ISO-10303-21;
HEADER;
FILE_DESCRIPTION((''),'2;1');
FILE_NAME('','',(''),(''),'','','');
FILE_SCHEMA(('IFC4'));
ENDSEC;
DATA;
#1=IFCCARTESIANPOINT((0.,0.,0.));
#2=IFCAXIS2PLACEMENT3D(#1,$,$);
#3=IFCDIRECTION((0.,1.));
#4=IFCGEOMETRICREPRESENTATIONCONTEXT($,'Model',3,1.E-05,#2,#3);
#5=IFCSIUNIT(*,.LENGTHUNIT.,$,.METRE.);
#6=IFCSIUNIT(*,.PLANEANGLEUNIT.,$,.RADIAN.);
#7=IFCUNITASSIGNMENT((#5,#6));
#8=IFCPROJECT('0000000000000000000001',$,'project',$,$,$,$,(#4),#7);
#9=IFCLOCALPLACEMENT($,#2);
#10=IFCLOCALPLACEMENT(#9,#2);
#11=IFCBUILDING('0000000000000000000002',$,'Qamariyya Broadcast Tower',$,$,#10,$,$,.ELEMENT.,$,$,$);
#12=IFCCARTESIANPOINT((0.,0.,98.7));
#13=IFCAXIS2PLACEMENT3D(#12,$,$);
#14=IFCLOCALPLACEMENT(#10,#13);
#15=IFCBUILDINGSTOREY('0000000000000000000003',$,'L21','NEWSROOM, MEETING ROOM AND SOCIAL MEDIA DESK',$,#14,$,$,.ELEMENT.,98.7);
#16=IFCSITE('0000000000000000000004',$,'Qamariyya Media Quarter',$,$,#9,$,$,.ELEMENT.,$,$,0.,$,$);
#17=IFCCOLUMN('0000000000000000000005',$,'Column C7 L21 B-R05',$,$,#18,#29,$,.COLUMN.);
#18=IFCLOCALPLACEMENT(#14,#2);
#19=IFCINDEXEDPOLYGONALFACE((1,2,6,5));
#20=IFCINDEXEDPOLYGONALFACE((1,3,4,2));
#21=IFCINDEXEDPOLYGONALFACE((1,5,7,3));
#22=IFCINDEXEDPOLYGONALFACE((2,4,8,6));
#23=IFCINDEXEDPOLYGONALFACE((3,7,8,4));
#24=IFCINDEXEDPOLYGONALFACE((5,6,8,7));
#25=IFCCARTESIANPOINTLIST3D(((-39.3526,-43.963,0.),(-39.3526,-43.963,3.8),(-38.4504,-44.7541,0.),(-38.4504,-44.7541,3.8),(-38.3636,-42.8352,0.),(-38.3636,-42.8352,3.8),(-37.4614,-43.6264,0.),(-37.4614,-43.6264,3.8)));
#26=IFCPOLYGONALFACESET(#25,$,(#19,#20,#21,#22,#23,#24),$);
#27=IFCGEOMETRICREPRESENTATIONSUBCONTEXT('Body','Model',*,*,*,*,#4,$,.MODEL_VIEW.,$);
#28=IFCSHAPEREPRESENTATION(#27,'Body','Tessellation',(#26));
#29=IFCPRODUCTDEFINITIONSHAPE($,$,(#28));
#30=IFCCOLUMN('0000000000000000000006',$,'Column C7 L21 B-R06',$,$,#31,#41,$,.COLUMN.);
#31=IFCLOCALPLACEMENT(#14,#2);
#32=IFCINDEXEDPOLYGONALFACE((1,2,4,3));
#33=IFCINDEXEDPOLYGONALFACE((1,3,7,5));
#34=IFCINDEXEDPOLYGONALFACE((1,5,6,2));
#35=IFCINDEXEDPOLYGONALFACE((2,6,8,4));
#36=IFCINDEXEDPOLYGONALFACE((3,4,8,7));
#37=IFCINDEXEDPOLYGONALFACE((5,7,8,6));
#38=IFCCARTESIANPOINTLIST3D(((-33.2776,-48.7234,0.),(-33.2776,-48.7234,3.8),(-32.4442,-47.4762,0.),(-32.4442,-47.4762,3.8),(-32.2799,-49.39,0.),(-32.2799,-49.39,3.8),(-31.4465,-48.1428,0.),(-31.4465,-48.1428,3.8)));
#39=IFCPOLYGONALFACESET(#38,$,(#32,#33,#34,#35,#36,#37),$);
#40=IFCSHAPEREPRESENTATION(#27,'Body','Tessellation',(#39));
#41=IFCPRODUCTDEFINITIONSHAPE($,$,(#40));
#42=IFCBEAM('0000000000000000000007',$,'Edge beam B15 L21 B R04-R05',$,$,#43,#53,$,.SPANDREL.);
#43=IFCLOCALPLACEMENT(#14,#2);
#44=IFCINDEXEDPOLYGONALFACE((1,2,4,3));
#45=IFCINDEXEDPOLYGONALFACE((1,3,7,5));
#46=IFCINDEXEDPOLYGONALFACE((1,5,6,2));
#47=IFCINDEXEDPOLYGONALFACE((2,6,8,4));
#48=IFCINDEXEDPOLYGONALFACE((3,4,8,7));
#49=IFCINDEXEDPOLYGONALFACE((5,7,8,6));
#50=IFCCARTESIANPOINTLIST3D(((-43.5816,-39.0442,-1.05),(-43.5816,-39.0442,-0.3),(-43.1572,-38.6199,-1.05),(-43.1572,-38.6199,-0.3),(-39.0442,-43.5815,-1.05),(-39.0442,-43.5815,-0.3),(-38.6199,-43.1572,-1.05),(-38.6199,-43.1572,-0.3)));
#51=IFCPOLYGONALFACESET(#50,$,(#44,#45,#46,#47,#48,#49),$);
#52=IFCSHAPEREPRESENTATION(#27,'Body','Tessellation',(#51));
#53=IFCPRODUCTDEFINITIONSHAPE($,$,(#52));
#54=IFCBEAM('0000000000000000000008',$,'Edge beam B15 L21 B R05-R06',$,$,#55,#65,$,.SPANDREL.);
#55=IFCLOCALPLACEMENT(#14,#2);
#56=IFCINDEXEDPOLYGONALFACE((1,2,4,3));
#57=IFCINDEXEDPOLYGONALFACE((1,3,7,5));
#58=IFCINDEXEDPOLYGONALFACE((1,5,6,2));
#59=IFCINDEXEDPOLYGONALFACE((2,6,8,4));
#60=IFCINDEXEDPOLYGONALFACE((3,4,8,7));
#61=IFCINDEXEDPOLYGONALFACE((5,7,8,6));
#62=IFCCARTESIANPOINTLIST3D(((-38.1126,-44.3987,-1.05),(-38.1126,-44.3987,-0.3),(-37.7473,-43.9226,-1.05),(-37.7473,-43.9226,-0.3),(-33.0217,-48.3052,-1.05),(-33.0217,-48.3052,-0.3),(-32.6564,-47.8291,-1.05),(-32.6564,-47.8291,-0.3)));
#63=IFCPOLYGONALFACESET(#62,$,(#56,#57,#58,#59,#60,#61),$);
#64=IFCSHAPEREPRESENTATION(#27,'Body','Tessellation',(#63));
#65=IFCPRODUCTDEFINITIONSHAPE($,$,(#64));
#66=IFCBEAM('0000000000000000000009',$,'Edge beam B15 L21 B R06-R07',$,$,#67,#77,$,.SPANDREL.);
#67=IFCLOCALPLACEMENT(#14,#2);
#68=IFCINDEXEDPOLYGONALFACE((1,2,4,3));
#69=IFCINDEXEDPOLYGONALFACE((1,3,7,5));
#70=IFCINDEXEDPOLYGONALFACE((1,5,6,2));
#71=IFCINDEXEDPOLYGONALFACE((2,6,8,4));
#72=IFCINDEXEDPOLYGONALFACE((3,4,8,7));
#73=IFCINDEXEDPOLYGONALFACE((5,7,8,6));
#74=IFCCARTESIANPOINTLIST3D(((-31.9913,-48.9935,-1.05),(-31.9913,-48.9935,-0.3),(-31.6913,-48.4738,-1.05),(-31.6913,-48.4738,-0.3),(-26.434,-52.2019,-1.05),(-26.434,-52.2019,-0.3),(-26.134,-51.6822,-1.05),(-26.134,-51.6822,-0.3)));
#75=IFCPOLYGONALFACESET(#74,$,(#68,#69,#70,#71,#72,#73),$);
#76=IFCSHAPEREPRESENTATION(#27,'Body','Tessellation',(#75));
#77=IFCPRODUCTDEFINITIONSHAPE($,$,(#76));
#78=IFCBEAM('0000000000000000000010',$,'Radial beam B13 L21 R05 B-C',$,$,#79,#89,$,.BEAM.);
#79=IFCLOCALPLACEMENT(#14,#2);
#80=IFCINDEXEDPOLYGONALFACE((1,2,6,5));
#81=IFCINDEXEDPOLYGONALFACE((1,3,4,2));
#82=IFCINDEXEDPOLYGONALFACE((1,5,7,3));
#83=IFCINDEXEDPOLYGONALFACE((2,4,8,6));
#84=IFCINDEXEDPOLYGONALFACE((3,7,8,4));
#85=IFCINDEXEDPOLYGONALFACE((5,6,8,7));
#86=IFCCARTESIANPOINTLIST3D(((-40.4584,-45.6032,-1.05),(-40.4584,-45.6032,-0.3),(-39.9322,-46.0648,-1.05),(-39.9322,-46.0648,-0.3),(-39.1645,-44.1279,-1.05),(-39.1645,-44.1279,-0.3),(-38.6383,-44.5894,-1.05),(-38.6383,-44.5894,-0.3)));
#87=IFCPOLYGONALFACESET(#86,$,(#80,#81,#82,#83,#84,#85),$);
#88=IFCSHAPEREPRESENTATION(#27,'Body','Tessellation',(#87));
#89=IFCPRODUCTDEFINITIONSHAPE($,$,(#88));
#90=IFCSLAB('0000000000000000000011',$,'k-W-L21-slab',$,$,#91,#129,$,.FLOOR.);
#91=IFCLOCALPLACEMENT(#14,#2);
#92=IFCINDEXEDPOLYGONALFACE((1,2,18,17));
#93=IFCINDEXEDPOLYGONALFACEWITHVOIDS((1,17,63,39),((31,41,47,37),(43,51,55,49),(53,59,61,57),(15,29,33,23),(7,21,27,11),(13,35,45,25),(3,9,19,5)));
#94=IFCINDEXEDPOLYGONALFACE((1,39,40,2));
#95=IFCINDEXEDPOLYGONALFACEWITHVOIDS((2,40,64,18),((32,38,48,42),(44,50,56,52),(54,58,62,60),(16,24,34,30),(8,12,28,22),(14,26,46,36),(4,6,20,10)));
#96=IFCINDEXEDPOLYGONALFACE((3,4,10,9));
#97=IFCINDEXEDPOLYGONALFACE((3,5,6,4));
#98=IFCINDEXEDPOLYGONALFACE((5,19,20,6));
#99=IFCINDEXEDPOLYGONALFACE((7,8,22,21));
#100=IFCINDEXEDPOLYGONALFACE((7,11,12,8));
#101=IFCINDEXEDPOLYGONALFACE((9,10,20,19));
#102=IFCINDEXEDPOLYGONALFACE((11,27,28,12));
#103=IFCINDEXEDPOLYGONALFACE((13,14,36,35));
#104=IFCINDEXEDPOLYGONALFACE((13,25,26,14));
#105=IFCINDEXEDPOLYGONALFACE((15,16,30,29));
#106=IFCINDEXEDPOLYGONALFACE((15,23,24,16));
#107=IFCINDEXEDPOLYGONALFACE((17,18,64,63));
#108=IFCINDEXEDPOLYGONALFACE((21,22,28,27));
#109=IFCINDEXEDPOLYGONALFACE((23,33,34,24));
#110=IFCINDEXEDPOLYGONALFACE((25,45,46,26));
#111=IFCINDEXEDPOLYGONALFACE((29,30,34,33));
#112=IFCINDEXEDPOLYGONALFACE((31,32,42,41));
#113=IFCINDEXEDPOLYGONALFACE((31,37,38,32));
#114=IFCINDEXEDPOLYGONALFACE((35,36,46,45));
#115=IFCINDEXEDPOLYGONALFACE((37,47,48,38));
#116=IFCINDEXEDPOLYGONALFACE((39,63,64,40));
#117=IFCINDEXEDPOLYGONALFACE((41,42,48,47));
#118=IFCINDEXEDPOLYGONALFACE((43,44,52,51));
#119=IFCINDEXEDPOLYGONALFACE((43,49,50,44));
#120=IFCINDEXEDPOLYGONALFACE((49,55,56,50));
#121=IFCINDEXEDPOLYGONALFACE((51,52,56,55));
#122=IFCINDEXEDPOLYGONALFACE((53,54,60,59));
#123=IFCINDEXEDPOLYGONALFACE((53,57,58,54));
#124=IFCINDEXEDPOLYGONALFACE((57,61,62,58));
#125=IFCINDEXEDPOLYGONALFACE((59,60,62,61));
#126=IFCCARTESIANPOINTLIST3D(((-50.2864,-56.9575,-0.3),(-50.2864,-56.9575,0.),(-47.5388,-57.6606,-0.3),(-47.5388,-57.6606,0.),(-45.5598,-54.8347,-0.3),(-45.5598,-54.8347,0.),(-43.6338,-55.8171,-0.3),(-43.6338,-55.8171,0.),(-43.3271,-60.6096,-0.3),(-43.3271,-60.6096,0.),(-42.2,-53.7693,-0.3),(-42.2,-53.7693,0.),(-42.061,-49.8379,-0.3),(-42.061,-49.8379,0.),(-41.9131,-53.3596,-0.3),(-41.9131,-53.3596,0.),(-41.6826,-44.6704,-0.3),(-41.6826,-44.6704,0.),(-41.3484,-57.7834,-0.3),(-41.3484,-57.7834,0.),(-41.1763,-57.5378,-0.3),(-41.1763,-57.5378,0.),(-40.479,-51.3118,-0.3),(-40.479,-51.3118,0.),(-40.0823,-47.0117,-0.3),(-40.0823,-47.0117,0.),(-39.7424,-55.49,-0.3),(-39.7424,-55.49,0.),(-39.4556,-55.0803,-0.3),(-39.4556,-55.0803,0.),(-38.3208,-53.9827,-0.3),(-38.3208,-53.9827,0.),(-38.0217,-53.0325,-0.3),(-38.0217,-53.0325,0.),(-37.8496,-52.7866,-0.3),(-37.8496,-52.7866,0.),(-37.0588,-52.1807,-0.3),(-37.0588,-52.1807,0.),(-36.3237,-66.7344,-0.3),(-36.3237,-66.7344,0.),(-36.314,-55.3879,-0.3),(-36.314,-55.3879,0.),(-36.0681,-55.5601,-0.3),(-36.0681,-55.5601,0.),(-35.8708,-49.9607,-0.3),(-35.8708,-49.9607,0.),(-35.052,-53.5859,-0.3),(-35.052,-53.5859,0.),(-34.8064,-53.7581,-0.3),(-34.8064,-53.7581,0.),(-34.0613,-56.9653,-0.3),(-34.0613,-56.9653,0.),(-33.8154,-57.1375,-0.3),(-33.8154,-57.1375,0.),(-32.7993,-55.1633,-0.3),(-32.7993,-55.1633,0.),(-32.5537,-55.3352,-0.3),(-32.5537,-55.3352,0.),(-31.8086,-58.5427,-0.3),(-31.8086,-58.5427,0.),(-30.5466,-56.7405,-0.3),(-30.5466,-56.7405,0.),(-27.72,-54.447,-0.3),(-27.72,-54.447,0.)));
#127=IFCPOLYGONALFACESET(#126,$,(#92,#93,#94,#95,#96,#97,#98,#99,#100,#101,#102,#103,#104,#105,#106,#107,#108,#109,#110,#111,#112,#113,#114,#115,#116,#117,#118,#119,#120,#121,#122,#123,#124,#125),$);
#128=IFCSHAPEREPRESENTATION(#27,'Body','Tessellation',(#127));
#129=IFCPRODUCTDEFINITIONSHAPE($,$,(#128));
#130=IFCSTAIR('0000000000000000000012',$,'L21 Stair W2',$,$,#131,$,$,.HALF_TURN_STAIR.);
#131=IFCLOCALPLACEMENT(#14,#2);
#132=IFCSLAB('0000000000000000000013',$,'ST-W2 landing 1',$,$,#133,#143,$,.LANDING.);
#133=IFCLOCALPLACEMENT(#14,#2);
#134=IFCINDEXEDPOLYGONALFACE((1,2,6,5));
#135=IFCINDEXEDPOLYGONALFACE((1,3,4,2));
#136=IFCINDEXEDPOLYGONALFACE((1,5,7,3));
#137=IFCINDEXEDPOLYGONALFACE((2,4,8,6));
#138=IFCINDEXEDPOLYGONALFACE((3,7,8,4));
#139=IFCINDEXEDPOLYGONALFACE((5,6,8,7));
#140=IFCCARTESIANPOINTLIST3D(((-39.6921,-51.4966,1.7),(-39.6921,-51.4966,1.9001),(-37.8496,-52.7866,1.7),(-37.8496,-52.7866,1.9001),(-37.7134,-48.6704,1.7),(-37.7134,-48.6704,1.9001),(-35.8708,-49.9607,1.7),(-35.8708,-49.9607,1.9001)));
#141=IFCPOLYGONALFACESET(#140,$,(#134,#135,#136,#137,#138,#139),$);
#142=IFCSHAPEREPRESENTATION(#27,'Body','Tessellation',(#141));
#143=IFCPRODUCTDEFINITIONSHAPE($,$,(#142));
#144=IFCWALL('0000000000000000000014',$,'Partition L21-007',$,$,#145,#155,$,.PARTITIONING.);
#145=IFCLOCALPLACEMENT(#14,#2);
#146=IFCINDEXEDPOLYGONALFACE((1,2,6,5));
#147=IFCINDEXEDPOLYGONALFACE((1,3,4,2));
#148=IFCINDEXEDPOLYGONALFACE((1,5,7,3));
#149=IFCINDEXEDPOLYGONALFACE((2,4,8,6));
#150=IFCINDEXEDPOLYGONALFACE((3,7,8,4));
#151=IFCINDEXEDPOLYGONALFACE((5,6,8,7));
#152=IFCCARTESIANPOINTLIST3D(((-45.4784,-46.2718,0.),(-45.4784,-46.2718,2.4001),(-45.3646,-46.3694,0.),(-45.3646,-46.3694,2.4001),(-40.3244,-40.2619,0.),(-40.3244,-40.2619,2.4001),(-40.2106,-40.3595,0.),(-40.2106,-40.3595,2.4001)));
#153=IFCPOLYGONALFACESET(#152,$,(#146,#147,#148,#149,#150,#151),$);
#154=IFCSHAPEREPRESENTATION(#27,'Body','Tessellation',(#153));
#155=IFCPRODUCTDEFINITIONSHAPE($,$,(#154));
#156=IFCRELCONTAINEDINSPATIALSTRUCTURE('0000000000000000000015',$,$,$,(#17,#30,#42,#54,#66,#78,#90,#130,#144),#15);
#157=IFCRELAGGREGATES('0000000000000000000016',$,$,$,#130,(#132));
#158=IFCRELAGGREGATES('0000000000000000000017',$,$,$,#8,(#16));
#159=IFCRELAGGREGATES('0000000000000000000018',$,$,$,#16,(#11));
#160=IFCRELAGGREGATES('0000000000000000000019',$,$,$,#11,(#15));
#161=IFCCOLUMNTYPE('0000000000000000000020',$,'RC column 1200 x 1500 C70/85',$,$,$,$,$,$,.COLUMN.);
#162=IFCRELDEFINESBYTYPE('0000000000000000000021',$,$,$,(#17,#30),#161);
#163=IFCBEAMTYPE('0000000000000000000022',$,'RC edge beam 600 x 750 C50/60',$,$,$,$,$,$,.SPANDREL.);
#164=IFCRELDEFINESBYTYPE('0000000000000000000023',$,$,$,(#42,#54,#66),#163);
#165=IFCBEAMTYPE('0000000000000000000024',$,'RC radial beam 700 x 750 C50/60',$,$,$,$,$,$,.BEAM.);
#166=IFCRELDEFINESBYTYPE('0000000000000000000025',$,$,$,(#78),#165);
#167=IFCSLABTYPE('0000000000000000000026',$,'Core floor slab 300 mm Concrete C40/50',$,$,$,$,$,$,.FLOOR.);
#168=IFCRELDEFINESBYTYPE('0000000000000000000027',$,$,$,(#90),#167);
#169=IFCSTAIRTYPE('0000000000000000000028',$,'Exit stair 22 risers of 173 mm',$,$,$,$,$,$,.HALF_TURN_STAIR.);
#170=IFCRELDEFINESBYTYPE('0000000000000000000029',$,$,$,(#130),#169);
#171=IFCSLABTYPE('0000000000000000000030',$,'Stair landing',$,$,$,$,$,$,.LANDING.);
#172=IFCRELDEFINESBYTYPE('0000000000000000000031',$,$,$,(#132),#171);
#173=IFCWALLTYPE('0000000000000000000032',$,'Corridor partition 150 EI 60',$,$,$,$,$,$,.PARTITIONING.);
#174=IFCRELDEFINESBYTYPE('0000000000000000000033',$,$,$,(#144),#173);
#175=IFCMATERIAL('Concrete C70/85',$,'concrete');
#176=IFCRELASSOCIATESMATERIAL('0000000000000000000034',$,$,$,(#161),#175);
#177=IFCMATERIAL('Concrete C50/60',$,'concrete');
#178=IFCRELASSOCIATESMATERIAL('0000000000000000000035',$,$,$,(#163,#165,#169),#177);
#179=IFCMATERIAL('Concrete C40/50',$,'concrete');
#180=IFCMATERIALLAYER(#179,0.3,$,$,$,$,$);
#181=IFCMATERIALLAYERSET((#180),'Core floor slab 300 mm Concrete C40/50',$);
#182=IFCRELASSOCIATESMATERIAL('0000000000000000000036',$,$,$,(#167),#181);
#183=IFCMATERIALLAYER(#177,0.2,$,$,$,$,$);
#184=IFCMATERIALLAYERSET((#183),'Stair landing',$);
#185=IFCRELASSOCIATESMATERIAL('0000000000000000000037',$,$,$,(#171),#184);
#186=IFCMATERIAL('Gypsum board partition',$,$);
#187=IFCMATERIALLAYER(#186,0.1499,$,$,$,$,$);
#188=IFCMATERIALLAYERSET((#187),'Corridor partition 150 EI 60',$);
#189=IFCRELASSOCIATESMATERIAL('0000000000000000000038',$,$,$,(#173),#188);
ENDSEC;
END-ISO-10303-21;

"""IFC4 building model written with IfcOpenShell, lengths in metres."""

from ifc_helpers import new_model, si_unit, direction, frame, frame_2d, origin, origin_2d, place, context, subcontext, project, spatial, polyline, rectangle, outline, extrude, material, layer, layer_set, material_profile, profile_set, type_object, element, aggregate, save


model = new_model("IFC4")

# Units and contexts
model_context = context("Model", 3, precision=1e-05, world=origin(), true_north=direction((0.0, 1.0)))
body_context = subcontext(model_context, "Body", "Model", "MODEL_VIEW")
ifc_project = project(units=[si_unit("LENGTHUNIT", "METRE"), si_unit("PLANEANGLEUNIT", "RADIAN")], contexts=[model_context])

# Site, building, storey
site_placement = place(None, origin())
site = spatial("IfcSite", under=ifc_project, at=site_placement, Name="Qamariyya Media Quarter", CompositionType="ELEMENT", RefElevation=0.0)
building_placement = place(site_placement, origin())
building = spatial("IfcBuilding", under=site, at=building_placement, Name="Qamariyya Broadcast Tower", CompositionType="ELEMENT")
storey_placement = place(building_placement, frame((0.0, 0.0, 98.7)))
storey = spatial("IfcBuildingStorey", under=building, at=storey_placement, Name="L21", Description="NEWSROOM, MEETING ROOM AND SOCIAL MEDIA DESK", CompositionType="ELEMENT", Elevation=98.7)

# Columns
ifc_material_1 = material(Name="Concrete C70/85", Category="concrete")
ifc_material_profile_1 = material_profile(ifc_material_1, rectangle(XDim=1.2, YDim=1.5, at=origin_2d()))
ifc_profile_set_1 = profile_set([ifc_material_profile_1], Name="Concrete C70/85")
column_type = type_object("IfcColumnType", Name="RC column 1200 x 1500 C70/85", PredefinedType="COLUMN", material=ifc_profile_set_1)
for number, where, z_axis, x_axis, name in (
    (1, (-38.407, -43.7947, 0.0), (0.0, 0.0, 1.0), (0.75184, -0.659346, 0.0), "Column C7 L21 B-R05"),
    (2, (-32.3621, -48.4331, 0.0), (0.0, 0.0, 1.0), (0.83147, -0.55557, 0.0), "Column C7 L21 B-R06"),
):
    element("IfcColumn", number, at=place(storey_placement, frame(where, z_axis=z_axis, x_axis=x_axis)), inside=storey, type_object=column_type, Name=name, PredefinedType="COLUMN", context=body_context, shape_type="SweptSolid", body=[
        extrude(rectangle(XDim=1.2, YDim=1.5, at=origin_2d()), origin(), (0.0, 0.0, 1.0), 3.8),
    ])

# Beams
ifc_material_2 = material(Name="Concrete C50/60", Category="concrete")
ifc_material_profile_2 = material_profile(ifc_material_2, rectangle(XDim=0.6001, YDim=0.75, at=origin_2d()))
ifc_profile_set_2 = profile_set([ifc_material_profile_2], Name="Concrete C50/60")
beam_type_1 = type_object("IfcBeamType", Name="RC edge beam 600 x 750 C50/60", PredefinedType="SPANDREL", material=ifc_profile_set_2)
beam_1_placement = place(storey_placement, frame((-43.3694, -38.832, -0.675), z_axis=(0.707107, -0.707107, 0.0), x_axis=(0.707107, 0.707107, 0.0)))
element("IfcBeam", 3, at=beam_1_placement, inside=storey, type_object=beam_type_1, Name="Edge beam B15 L21 B R04-R05", PredefinedType="SPANDREL", context=body_context, shape_type="SweptSolid", body=[
    extrude(rectangle(XDim=0.6001, YDim=0.75, at=origin_2d()), origin(), (0.0, 0.0, 1.0), 6.4167),
])
for number, where, z_axis, x_axis, name in (
    (4, (-37.9299, -44.1606, -0.675), (0.793341, -0.608778, 0.0), (0.608778, 0.793341, 0.0), "Edge beam B15 L21 B R05-R06"),
    (5, (-31.8413, -48.7336, -0.675), (0.866029, -0.499994, 0.0), (0.499994, 0.866029, 0.0), "Edge beam B15 L21 B R06-R07"),
):
    element("IfcBeam", number, at=place(storey_placement, frame(where, z_axis=z_axis, x_axis=x_axis)), inside=storey, type_object=beam_type_1, Name=name, PredefinedType="SPANDREL", context=body_context, shape_type="SweptSolid", body=[
        extrude(rectangle(XDim=0.6001, YDim=0.75, at=origin_2d()), origin(), (0.0, 0.0, 1.0), 6.417),
    ])
ifc_material_profile_3 = material_profile(ifc_material_2, rectangle(XDim=0.7, YDim=0.75, at=origin_2d()))
ifc_profile_set_3 = profile_set([ifc_material_profile_3], Name="Concrete C50/60")
beam_type_2 = type_object("IfcBeamType", Name="RC radial beam 700 x 750 C50/60", PredefinedType="BEAM", material=ifc_profile_set_3)
beam_2_placement = place(storey_placement, frame((-38.9014, -44.3586, -0.675), z_axis=(-0.659376, -0.751813, 0.0), x_axis=(0.751813, -0.659376, 0.0)))
element("IfcBeam", 6, at=beam_2_placement, inside=storey, type_object=beam_type_2, Name="Radial beam B13 L21 R05 B-C", PredefinedType="BEAM", context=body_context, shape_type="SweptSolid", body=[
    extrude(rectangle(XDim=0.7, YDim=0.75, at=origin_2d()), origin(), (0.0, 0.0, 1.0), 1.9624),
])

# Slab
ifc_material_3 = material(Name="Concrete C40/50", Category="concrete")
ifc_layer_1 = layer(ifc_material_3, 0.3)
ifc_layer_set_1 = layer_set([ifc_layer_1], Name="Core floor slab 300 mm Concrete C40/50")
slab_type_1 = type_object("IfcSlabType", Name="Core floor slab 300 mm Concrete C40/50", PredefinedType="FLOOR", material=ifc_layer_set_1)
slab_1_placement = place(storey_placement, frame((0.0, 0.0, -0.3)))
element("IfcSlab", 7, at=slab_1_placement, inside=storey, type_object=slab_type_1, Name="k-W-L21-slab", PredefinedType="FLOOR", context=body_context, shape_type="SweptSolid", body=[
    extrude(outline(polyline([(-50.2864, -56.9575), (-36.3237, -66.7344), (-27.72, -54.447), (-41.6826, -44.6704), (-50.2864, -56.9575)]), holes=[polyline([(-31.8086, -58.5427), (-33.8154, -57.1375), (-32.5537, -55.3352), (-30.5466, -56.7405), (-31.8086, -58.5427)]), polyline([(-34.0613, -56.9653), (-36.0681, -55.5601), (-34.8064, -53.7581), (-32.7993, -55.1633), (-34.0613, -56.9653)]), polyline([(-36.314, -55.3879), (-38.3208, -53.9827), (-37.0588, -52.1807), (-35.052, -53.5859), (-36.314, -55.3879)]), polyline([(-39.7424, -55.49), (-42.2, -53.7693), (-43.6338, -55.8171), (-41.1763, -57.5378), (-39.7424, -55.49)]), polyline([(-39.4556, -55.0803), (-41.9131, -53.3596), (-40.479, -51.3118), (-38.0217, -53.0325), (-39.4556, -55.0803)]), polyline([(-42.061, -49.8379), (-37.8496, -52.7866), (-35.8708, -49.9607), (-40.0823, -47.0117), (-42.061, -49.8379)]), polyline([(-47.5388, -57.6606), (-43.3271, -60.6096), (-41.3484, -57.7834), (-45.5598, -54.8347), (-47.5388, -57.6606)])]), origin(), (0.0, 0.0, 1.0), 0.3),
])

# Stair, slab
stair_type = type_object("IfcStairType", Name="Exit stair 22 risers of 173 mm", PredefinedType="HALF_TURN_STAIR", material=ifc_material_2)
stair_placement = place(storey_placement, origin())
stair = element("IfcStair", 8, at=stair_placement, inside=storey, type_object=stair_type, Name="L21 Stair W2", PredefinedType="HALF_TURN_STAIR")
ifc_layer_2 = layer(ifc_material_2, 0.2)
ifc_layer_set_2 = layer_set([ifc_layer_2], Name="Stair landing")
slab_type_2 = type_object("IfcSlabType", Name="Stair landing", PredefinedType="LANDING", material=ifc_layer_set_2)
slab_2_placement = place(storey_placement, frame((0.0, 0.0, 1.7)))
slab_2 = element("IfcSlab", 9, at=slab_2_placement, type_object=slab_type_2, Name="ST-W2 landing 1", PredefinedType="LANDING", context=body_context, shape_type="SweptSolid", body=[
    extrude(outline(polyline([(-39.6921, -51.4966), (-37.8496, -52.7866), (-35.8708, -49.9607), (-37.7134, -48.6704), (-39.6921, -51.4966)])), origin(), (0.0, 0.0, 1.0), 0.2002),
])
aggregate(stair, [slab_2])

# Wall
ifc_material_4 = material(Name="Gypsum board partition")
ifc_layer_3 = layer(ifc_material_4, 0.1499)
ifc_layer_set_3 = layer_set([ifc_layer_3], Name="Corridor partition 150 EI 60")
wall_type_1 = type_object("IfcWallType", Name="Corridor partition 150 EI 60", PredefinedType="PARTITIONING", material=ifc_layer_set_3)
wall_1_placement = place(storey_placement, frame((-40.2676, -40.3108, 0.0), z_axis=(0.0, 0.0, 1.0), x_axis=(-0.650982, -0.759093, 0.0)))
element("IfcWall", 10, at=wall_1_placement, inside=storey, type_object=wall_type_1, Name="Partition L21-007", PredefinedType="PARTITIONING", context=body_context, shape_type="SweptSolid", body=[
    extrude(rectangle(XDim=7.9172, YDim=0.1499, at=frame_2d((3.9585, 0.0))), origin(), (0.0, 0.0, 1.0), 2.4001),
])

save(model, "model.ifc")
